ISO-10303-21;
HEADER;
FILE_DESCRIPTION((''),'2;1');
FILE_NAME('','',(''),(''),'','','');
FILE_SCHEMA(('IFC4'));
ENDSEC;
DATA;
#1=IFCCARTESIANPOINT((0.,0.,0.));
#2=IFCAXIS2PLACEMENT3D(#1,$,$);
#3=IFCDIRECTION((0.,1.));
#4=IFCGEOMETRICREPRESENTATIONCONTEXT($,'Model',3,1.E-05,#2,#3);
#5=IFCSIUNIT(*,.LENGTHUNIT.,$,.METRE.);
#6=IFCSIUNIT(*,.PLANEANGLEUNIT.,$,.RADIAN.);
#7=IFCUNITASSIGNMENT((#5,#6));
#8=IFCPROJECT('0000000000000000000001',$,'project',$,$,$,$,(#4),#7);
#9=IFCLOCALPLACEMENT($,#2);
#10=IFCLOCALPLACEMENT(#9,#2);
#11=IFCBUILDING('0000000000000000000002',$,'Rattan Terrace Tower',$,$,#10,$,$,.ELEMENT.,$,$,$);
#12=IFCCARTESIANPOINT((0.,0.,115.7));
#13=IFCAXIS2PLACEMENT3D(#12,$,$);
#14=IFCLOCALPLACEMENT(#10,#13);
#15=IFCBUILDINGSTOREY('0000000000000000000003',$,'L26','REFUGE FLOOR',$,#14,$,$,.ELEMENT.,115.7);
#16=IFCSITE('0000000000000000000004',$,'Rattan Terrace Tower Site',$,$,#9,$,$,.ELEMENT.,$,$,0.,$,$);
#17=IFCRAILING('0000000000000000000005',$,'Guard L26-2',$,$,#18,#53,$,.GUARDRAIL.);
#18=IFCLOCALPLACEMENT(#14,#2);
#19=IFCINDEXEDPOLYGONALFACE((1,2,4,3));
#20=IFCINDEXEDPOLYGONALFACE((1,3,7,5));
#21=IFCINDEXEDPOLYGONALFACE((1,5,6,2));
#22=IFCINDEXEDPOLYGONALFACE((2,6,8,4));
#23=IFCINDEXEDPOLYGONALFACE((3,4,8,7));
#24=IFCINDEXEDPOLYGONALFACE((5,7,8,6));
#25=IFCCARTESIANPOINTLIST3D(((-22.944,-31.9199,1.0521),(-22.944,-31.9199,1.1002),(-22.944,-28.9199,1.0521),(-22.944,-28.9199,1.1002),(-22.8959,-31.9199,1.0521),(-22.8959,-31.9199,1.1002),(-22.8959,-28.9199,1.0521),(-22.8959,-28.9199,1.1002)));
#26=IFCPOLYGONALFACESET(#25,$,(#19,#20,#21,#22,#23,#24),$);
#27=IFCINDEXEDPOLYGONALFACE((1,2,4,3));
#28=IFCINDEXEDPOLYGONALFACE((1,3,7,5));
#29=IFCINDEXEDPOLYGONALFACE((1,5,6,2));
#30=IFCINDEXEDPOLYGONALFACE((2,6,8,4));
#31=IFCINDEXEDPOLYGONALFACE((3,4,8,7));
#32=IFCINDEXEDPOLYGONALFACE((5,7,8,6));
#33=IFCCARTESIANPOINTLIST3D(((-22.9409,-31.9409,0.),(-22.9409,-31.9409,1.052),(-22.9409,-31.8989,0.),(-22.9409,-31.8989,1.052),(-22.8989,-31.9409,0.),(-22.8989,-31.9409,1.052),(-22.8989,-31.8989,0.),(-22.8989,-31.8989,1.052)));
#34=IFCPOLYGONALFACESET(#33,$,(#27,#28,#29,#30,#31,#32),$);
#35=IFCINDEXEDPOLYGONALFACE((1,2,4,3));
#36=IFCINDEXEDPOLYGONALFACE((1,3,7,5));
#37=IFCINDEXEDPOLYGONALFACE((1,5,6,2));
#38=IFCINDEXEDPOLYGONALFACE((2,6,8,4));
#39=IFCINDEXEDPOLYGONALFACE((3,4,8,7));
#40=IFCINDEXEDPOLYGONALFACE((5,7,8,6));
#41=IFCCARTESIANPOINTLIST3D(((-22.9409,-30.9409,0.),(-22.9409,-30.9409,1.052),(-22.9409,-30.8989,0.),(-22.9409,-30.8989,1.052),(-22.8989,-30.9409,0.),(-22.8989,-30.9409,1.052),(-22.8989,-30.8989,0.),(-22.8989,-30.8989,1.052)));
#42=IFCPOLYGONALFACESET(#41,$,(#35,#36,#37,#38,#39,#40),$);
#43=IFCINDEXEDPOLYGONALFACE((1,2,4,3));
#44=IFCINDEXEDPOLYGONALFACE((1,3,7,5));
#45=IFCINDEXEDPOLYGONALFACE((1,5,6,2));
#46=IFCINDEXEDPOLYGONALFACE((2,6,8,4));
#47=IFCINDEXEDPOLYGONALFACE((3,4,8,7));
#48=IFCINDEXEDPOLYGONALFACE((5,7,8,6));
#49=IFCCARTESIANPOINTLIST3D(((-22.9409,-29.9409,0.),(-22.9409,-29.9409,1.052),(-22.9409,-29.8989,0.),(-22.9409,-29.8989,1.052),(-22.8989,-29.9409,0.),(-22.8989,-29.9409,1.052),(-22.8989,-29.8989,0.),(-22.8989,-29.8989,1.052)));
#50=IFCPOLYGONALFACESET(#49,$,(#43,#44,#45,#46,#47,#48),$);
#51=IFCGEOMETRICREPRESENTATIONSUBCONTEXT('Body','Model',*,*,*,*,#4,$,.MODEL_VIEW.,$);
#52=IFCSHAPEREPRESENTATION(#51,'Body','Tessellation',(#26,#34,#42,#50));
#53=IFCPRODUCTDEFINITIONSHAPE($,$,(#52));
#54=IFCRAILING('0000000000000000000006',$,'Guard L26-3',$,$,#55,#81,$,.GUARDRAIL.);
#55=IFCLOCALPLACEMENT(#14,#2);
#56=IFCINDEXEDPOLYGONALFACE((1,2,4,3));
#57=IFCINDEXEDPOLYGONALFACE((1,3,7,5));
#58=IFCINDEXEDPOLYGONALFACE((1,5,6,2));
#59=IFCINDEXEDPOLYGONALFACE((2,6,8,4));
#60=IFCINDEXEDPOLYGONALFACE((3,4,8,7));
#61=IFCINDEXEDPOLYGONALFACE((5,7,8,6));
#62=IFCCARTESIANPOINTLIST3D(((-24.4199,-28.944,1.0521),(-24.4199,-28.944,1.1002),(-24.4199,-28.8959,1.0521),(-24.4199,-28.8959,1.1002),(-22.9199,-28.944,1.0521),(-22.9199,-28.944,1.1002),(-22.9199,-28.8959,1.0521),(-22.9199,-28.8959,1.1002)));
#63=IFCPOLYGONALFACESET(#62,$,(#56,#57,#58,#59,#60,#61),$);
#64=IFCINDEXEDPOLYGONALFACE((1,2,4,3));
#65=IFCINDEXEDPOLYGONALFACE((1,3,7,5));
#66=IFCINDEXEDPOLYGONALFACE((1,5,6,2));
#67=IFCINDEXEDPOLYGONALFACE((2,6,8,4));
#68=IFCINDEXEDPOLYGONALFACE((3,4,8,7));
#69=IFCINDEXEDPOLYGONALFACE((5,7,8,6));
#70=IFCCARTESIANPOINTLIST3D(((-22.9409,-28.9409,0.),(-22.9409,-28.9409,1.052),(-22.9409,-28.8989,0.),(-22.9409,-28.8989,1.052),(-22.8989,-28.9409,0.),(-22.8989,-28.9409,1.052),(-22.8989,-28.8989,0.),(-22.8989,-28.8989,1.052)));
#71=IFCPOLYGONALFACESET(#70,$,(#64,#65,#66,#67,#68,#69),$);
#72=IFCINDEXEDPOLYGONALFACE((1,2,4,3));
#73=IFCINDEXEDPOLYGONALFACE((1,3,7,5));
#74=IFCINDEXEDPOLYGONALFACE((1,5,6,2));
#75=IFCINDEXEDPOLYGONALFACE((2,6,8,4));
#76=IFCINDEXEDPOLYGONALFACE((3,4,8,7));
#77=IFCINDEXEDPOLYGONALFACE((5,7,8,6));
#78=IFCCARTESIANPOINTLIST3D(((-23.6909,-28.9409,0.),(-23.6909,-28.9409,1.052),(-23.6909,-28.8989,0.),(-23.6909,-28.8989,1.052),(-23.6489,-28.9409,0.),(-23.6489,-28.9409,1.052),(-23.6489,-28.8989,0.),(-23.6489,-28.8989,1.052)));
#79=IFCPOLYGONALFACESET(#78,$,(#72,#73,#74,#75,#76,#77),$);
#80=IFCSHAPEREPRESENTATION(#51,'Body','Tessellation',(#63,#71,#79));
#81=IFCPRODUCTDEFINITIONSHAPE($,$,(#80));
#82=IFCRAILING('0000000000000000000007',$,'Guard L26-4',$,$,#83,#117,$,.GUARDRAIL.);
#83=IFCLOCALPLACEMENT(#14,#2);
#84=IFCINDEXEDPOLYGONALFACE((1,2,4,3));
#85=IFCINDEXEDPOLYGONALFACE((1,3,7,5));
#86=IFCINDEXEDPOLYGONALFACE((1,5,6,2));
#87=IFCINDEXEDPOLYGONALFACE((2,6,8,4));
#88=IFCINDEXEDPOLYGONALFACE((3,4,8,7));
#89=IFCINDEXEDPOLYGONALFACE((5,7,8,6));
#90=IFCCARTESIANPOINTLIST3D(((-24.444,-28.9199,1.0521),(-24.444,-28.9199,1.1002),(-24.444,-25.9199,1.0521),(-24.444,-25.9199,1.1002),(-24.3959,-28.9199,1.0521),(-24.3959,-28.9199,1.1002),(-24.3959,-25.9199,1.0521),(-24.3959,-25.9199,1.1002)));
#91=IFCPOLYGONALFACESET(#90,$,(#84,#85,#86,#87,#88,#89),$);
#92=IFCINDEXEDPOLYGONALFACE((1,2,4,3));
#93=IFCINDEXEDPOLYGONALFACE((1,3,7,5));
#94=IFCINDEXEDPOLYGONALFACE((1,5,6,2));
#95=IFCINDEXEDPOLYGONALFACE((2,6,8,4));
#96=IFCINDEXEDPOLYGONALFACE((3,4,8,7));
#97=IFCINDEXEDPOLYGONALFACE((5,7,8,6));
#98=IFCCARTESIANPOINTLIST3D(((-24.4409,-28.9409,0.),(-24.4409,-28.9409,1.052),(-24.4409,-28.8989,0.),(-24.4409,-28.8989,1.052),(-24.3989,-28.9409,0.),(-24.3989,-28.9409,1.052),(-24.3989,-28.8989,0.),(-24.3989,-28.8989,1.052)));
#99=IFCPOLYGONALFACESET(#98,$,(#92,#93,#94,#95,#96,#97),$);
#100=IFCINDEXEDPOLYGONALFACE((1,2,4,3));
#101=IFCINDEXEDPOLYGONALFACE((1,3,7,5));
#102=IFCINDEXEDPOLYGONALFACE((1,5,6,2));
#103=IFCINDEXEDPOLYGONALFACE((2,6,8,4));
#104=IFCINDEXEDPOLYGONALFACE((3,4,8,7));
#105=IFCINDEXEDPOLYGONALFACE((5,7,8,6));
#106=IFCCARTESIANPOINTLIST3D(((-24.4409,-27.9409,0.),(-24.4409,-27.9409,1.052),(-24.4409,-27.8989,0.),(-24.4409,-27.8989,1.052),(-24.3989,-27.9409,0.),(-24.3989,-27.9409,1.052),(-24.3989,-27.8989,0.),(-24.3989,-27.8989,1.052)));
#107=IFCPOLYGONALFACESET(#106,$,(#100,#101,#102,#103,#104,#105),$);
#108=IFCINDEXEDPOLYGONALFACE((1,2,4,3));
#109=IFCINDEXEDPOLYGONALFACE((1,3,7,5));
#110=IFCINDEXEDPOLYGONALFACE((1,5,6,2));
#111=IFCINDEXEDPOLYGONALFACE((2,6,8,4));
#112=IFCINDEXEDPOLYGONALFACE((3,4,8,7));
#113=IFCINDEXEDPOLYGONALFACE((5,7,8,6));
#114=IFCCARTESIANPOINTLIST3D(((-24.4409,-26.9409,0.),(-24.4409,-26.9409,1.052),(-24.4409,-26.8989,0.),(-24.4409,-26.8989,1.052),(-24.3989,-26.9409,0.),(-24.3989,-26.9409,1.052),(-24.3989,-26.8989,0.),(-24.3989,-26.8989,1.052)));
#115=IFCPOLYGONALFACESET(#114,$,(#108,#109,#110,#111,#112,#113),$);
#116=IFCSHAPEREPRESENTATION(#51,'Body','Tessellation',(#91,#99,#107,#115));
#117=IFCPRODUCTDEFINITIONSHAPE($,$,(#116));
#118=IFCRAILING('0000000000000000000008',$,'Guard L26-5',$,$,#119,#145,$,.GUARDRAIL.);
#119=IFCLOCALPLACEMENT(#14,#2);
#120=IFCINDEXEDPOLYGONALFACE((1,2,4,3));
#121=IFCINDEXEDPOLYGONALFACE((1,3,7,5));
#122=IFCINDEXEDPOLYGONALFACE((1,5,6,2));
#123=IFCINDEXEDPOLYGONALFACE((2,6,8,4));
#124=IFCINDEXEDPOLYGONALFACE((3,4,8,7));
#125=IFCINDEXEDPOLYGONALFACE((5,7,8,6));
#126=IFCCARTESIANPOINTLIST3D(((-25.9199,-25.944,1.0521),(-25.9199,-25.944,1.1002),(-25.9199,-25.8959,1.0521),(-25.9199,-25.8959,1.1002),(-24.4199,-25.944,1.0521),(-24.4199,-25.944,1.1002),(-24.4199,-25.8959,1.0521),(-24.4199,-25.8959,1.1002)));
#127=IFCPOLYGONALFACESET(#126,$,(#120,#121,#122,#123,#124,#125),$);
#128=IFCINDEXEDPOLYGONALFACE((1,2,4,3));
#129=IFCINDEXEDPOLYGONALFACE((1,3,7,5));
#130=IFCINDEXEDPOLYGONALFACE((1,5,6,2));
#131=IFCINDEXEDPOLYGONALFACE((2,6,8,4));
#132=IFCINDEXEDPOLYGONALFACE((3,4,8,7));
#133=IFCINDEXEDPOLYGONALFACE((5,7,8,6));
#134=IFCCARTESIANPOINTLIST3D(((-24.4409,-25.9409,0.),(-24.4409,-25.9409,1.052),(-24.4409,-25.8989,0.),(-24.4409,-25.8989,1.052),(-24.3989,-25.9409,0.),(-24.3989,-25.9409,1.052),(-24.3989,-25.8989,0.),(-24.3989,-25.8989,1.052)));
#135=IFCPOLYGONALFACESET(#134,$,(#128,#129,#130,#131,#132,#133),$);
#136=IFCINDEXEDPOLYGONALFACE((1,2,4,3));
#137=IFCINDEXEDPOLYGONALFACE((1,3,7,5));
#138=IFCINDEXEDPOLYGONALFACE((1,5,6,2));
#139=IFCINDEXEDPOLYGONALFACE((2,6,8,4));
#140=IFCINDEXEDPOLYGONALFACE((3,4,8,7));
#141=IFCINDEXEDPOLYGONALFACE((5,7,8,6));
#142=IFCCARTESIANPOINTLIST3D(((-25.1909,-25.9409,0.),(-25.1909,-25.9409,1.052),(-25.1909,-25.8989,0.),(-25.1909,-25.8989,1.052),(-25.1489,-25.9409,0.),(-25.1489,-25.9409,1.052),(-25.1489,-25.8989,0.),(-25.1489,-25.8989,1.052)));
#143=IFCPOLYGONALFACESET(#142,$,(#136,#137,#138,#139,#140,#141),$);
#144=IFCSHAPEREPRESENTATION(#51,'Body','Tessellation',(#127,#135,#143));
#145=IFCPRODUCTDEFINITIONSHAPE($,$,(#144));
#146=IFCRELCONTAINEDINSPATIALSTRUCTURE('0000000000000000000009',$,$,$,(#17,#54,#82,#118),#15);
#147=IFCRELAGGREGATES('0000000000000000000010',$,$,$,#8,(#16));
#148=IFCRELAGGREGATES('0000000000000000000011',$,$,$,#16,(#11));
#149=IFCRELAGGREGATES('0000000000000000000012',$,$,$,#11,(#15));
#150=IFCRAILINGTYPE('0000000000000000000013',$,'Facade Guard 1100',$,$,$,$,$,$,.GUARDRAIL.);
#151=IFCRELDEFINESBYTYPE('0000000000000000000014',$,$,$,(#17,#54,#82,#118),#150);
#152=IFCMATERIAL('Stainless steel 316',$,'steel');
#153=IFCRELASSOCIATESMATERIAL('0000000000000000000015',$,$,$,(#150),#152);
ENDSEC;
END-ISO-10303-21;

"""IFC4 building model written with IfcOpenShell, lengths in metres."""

from ifc_helpers import new_model, si_unit, direction, frame, origin, origin_2d, place, context, subcontext, project, spatial, rectangle, extrude, material, type_object, element, save


model = new_model("IFC4")

# Units and contexts
model_context = context("Model", 3, precision=1e-05, world=origin(), true_north=direction((0.0, 1.0)))
body_context = subcontext(model_context, "Body", "Model", "MODEL_VIEW")
ifc_project = project(units=[si_unit("LENGTHUNIT", "METRE"), si_unit("PLANEANGLEUNIT", "RADIAN")], contexts=[model_context])

# Site, building, storey
site_placement = place(None, origin())
site = spatial("IfcSite", under=ifc_project, at=site_placement, Name="Rattan Terrace Tower Site", CompositionType="ELEMENT", RefElevation=0.0)
building_placement = place(site_placement, origin())
building = spatial("IfcBuilding", under=site, at=building_placement, Name="Rattan Terrace Tower", CompositionType="ELEMENT")
storey_placement = place(building_placement, frame((0.0, 0.0, 115.7)))
storey = spatial("IfcBuildingStorey", under=building, at=storey_placement, Name="L26", Description="REFUGE FLOOR", CompositionType="ELEMENT", Elevation=115.7)

# Railings
ifc_material_1 = material(Name="Stainless steel 316", Category="steel")
railing_type = type_object("IfcRailingType", Name="Facade Guard 1100", PredefinedType="GUARDRAIL", material=ifc_material_1)
railing_1_placement = place(storey_placement, frame((-22.9199, -31.9199, 0.0)))
element("IfcRailing", 1, at=railing_1_placement, inside=storey, type_object=railing_type, Name="Guard L26-2", PredefinedType="GUARDRAIL", context=body_context, shape_type="SweptSolid", body=[
    extrude(rectangle(XDim=0.0481, YDim=0.0481, at=origin_2d()), frame((0.0, 0.0, 1.0762), z_axis=(0.0, 1.0, 0.0), x_axis=(-1.0, 0.0, 0.0)), (0.0, 0.0, 1.0), 3.0),
    extrude(rectangle(XDim=0.042, YDim=0.042, at=origin_2d()), origin(), (0.0, 0.0, 1.0), 1.052),
    extrude(rectangle(XDim=0.042, YDim=0.042, at=origin_2d()), frame((0.0, 1.0, 0.0)), (0.0, 0.0, 1.0), 1.052),
    extrude(rectangle(XDim=0.042, YDim=0.042, at=origin_2d()), frame((0.0, 2.0, 0.0)), (0.0, 0.0, 1.0), 1.052),
])
railing_2_placement = place(storey_placement, frame((-22.9199, -28.9199, 0.0)))
element("IfcRailing", 2, at=railing_2_placement, inside=storey, type_object=railing_type, Name="Guard L26-3", PredefinedType="GUARDRAIL", context=body_context, shape_type="SweptSolid", body=[
    extrude(rectangle(XDim=0.0481, YDim=0.0481, at=origin_2d()), frame((0.0, 0.0, 1.0762), z_axis=(-1.0, 0.0, 0.0), x_axis=(0.0, -1.0, 0.0)), (0.0, 0.0, 1.0), 1.5),
    extrude(rectangle(XDim=0.042, YDim=0.042, at=origin_2d()), origin(), (0.0, 0.0, 1.0), 1.052),
    extrude(rectangle(XDim=0.042, YDim=0.042, at=origin_2d()), frame((-0.75, 0.0, 0.0)), (0.0, 0.0, 1.0), 1.052),
])
railing_3_placement = place(storey_placement, frame((-24.4199, -28.9199, 0.0)))
element("IfcRailing", 3, at=railing_3_placement, inside=storey, type_object=railing_type, Name="Guard L26-4", PredefinedType="GUARDRAIL", context=body_context, shape_type="SweptSolid", body=[
    extrude(rectangle(XDim=0.0481, YDim=0.0481, at=origin_2d()), frame((0.0, 0.0, 1.0762), z_axis=(0.0, 1.0, 0.0), x_axis=(-1.0, 0.0, 0.0)), (0.0, 0.0, 1.0), 3.0),
    extrude(rectangle(XDim=0.042, YDim=0.042, at=origin_2d()), origin(), (0.0, 0.0, 1.0), 1.052),
    extrude(rectangle(XDim=0.042, YDim=0.042, at=origin_2d()), frame((0.0, 1.0, 0.0)), (0.0, 0.0, 1.0), 1.052),
    extrude(rectangle(XDim=0.042, YDim=0.042, at=origin_2d()), frame((0.0, 2.0, 0.0)), (0.0, 0.0, 1.0), 1.052),
])
railing_4_placement = place(storey_placement, frame((-24.4199, -25.9199, 0.0)))
element("IfcRailing", 4, at=railing_4_placement, inside=storey, type_object=railing_type, Name="Guard L26-5", PredefinedType="GUARDRAIL", context=body_context, shape_type="SweptSolid", body=[
    extrude(rectangle(XDim=0.0481, YDim=0.0481, at=origin_2d()), frame((0.0, 0.0, 1.0762), z_axis=(-1.0, 0.0, 0.0), x_axis=(0.0, -1.0, 0.0)), (0.0, 0.0, 1.0), 1.5),
    extrude(rectangle(XDim=0.042, YDim=0.042, at=origin_2d()), origin(), (0.0, 0.0, 1.0), 1.052),
    extrude(rectangle(XDim=0.042, YDim=0.042, at=origin_2d()), frame((-0.75, 0.0, 0.0)), (0.0, 0.0, 1.0), 1.052),
])

save(model, "model.ifc")
